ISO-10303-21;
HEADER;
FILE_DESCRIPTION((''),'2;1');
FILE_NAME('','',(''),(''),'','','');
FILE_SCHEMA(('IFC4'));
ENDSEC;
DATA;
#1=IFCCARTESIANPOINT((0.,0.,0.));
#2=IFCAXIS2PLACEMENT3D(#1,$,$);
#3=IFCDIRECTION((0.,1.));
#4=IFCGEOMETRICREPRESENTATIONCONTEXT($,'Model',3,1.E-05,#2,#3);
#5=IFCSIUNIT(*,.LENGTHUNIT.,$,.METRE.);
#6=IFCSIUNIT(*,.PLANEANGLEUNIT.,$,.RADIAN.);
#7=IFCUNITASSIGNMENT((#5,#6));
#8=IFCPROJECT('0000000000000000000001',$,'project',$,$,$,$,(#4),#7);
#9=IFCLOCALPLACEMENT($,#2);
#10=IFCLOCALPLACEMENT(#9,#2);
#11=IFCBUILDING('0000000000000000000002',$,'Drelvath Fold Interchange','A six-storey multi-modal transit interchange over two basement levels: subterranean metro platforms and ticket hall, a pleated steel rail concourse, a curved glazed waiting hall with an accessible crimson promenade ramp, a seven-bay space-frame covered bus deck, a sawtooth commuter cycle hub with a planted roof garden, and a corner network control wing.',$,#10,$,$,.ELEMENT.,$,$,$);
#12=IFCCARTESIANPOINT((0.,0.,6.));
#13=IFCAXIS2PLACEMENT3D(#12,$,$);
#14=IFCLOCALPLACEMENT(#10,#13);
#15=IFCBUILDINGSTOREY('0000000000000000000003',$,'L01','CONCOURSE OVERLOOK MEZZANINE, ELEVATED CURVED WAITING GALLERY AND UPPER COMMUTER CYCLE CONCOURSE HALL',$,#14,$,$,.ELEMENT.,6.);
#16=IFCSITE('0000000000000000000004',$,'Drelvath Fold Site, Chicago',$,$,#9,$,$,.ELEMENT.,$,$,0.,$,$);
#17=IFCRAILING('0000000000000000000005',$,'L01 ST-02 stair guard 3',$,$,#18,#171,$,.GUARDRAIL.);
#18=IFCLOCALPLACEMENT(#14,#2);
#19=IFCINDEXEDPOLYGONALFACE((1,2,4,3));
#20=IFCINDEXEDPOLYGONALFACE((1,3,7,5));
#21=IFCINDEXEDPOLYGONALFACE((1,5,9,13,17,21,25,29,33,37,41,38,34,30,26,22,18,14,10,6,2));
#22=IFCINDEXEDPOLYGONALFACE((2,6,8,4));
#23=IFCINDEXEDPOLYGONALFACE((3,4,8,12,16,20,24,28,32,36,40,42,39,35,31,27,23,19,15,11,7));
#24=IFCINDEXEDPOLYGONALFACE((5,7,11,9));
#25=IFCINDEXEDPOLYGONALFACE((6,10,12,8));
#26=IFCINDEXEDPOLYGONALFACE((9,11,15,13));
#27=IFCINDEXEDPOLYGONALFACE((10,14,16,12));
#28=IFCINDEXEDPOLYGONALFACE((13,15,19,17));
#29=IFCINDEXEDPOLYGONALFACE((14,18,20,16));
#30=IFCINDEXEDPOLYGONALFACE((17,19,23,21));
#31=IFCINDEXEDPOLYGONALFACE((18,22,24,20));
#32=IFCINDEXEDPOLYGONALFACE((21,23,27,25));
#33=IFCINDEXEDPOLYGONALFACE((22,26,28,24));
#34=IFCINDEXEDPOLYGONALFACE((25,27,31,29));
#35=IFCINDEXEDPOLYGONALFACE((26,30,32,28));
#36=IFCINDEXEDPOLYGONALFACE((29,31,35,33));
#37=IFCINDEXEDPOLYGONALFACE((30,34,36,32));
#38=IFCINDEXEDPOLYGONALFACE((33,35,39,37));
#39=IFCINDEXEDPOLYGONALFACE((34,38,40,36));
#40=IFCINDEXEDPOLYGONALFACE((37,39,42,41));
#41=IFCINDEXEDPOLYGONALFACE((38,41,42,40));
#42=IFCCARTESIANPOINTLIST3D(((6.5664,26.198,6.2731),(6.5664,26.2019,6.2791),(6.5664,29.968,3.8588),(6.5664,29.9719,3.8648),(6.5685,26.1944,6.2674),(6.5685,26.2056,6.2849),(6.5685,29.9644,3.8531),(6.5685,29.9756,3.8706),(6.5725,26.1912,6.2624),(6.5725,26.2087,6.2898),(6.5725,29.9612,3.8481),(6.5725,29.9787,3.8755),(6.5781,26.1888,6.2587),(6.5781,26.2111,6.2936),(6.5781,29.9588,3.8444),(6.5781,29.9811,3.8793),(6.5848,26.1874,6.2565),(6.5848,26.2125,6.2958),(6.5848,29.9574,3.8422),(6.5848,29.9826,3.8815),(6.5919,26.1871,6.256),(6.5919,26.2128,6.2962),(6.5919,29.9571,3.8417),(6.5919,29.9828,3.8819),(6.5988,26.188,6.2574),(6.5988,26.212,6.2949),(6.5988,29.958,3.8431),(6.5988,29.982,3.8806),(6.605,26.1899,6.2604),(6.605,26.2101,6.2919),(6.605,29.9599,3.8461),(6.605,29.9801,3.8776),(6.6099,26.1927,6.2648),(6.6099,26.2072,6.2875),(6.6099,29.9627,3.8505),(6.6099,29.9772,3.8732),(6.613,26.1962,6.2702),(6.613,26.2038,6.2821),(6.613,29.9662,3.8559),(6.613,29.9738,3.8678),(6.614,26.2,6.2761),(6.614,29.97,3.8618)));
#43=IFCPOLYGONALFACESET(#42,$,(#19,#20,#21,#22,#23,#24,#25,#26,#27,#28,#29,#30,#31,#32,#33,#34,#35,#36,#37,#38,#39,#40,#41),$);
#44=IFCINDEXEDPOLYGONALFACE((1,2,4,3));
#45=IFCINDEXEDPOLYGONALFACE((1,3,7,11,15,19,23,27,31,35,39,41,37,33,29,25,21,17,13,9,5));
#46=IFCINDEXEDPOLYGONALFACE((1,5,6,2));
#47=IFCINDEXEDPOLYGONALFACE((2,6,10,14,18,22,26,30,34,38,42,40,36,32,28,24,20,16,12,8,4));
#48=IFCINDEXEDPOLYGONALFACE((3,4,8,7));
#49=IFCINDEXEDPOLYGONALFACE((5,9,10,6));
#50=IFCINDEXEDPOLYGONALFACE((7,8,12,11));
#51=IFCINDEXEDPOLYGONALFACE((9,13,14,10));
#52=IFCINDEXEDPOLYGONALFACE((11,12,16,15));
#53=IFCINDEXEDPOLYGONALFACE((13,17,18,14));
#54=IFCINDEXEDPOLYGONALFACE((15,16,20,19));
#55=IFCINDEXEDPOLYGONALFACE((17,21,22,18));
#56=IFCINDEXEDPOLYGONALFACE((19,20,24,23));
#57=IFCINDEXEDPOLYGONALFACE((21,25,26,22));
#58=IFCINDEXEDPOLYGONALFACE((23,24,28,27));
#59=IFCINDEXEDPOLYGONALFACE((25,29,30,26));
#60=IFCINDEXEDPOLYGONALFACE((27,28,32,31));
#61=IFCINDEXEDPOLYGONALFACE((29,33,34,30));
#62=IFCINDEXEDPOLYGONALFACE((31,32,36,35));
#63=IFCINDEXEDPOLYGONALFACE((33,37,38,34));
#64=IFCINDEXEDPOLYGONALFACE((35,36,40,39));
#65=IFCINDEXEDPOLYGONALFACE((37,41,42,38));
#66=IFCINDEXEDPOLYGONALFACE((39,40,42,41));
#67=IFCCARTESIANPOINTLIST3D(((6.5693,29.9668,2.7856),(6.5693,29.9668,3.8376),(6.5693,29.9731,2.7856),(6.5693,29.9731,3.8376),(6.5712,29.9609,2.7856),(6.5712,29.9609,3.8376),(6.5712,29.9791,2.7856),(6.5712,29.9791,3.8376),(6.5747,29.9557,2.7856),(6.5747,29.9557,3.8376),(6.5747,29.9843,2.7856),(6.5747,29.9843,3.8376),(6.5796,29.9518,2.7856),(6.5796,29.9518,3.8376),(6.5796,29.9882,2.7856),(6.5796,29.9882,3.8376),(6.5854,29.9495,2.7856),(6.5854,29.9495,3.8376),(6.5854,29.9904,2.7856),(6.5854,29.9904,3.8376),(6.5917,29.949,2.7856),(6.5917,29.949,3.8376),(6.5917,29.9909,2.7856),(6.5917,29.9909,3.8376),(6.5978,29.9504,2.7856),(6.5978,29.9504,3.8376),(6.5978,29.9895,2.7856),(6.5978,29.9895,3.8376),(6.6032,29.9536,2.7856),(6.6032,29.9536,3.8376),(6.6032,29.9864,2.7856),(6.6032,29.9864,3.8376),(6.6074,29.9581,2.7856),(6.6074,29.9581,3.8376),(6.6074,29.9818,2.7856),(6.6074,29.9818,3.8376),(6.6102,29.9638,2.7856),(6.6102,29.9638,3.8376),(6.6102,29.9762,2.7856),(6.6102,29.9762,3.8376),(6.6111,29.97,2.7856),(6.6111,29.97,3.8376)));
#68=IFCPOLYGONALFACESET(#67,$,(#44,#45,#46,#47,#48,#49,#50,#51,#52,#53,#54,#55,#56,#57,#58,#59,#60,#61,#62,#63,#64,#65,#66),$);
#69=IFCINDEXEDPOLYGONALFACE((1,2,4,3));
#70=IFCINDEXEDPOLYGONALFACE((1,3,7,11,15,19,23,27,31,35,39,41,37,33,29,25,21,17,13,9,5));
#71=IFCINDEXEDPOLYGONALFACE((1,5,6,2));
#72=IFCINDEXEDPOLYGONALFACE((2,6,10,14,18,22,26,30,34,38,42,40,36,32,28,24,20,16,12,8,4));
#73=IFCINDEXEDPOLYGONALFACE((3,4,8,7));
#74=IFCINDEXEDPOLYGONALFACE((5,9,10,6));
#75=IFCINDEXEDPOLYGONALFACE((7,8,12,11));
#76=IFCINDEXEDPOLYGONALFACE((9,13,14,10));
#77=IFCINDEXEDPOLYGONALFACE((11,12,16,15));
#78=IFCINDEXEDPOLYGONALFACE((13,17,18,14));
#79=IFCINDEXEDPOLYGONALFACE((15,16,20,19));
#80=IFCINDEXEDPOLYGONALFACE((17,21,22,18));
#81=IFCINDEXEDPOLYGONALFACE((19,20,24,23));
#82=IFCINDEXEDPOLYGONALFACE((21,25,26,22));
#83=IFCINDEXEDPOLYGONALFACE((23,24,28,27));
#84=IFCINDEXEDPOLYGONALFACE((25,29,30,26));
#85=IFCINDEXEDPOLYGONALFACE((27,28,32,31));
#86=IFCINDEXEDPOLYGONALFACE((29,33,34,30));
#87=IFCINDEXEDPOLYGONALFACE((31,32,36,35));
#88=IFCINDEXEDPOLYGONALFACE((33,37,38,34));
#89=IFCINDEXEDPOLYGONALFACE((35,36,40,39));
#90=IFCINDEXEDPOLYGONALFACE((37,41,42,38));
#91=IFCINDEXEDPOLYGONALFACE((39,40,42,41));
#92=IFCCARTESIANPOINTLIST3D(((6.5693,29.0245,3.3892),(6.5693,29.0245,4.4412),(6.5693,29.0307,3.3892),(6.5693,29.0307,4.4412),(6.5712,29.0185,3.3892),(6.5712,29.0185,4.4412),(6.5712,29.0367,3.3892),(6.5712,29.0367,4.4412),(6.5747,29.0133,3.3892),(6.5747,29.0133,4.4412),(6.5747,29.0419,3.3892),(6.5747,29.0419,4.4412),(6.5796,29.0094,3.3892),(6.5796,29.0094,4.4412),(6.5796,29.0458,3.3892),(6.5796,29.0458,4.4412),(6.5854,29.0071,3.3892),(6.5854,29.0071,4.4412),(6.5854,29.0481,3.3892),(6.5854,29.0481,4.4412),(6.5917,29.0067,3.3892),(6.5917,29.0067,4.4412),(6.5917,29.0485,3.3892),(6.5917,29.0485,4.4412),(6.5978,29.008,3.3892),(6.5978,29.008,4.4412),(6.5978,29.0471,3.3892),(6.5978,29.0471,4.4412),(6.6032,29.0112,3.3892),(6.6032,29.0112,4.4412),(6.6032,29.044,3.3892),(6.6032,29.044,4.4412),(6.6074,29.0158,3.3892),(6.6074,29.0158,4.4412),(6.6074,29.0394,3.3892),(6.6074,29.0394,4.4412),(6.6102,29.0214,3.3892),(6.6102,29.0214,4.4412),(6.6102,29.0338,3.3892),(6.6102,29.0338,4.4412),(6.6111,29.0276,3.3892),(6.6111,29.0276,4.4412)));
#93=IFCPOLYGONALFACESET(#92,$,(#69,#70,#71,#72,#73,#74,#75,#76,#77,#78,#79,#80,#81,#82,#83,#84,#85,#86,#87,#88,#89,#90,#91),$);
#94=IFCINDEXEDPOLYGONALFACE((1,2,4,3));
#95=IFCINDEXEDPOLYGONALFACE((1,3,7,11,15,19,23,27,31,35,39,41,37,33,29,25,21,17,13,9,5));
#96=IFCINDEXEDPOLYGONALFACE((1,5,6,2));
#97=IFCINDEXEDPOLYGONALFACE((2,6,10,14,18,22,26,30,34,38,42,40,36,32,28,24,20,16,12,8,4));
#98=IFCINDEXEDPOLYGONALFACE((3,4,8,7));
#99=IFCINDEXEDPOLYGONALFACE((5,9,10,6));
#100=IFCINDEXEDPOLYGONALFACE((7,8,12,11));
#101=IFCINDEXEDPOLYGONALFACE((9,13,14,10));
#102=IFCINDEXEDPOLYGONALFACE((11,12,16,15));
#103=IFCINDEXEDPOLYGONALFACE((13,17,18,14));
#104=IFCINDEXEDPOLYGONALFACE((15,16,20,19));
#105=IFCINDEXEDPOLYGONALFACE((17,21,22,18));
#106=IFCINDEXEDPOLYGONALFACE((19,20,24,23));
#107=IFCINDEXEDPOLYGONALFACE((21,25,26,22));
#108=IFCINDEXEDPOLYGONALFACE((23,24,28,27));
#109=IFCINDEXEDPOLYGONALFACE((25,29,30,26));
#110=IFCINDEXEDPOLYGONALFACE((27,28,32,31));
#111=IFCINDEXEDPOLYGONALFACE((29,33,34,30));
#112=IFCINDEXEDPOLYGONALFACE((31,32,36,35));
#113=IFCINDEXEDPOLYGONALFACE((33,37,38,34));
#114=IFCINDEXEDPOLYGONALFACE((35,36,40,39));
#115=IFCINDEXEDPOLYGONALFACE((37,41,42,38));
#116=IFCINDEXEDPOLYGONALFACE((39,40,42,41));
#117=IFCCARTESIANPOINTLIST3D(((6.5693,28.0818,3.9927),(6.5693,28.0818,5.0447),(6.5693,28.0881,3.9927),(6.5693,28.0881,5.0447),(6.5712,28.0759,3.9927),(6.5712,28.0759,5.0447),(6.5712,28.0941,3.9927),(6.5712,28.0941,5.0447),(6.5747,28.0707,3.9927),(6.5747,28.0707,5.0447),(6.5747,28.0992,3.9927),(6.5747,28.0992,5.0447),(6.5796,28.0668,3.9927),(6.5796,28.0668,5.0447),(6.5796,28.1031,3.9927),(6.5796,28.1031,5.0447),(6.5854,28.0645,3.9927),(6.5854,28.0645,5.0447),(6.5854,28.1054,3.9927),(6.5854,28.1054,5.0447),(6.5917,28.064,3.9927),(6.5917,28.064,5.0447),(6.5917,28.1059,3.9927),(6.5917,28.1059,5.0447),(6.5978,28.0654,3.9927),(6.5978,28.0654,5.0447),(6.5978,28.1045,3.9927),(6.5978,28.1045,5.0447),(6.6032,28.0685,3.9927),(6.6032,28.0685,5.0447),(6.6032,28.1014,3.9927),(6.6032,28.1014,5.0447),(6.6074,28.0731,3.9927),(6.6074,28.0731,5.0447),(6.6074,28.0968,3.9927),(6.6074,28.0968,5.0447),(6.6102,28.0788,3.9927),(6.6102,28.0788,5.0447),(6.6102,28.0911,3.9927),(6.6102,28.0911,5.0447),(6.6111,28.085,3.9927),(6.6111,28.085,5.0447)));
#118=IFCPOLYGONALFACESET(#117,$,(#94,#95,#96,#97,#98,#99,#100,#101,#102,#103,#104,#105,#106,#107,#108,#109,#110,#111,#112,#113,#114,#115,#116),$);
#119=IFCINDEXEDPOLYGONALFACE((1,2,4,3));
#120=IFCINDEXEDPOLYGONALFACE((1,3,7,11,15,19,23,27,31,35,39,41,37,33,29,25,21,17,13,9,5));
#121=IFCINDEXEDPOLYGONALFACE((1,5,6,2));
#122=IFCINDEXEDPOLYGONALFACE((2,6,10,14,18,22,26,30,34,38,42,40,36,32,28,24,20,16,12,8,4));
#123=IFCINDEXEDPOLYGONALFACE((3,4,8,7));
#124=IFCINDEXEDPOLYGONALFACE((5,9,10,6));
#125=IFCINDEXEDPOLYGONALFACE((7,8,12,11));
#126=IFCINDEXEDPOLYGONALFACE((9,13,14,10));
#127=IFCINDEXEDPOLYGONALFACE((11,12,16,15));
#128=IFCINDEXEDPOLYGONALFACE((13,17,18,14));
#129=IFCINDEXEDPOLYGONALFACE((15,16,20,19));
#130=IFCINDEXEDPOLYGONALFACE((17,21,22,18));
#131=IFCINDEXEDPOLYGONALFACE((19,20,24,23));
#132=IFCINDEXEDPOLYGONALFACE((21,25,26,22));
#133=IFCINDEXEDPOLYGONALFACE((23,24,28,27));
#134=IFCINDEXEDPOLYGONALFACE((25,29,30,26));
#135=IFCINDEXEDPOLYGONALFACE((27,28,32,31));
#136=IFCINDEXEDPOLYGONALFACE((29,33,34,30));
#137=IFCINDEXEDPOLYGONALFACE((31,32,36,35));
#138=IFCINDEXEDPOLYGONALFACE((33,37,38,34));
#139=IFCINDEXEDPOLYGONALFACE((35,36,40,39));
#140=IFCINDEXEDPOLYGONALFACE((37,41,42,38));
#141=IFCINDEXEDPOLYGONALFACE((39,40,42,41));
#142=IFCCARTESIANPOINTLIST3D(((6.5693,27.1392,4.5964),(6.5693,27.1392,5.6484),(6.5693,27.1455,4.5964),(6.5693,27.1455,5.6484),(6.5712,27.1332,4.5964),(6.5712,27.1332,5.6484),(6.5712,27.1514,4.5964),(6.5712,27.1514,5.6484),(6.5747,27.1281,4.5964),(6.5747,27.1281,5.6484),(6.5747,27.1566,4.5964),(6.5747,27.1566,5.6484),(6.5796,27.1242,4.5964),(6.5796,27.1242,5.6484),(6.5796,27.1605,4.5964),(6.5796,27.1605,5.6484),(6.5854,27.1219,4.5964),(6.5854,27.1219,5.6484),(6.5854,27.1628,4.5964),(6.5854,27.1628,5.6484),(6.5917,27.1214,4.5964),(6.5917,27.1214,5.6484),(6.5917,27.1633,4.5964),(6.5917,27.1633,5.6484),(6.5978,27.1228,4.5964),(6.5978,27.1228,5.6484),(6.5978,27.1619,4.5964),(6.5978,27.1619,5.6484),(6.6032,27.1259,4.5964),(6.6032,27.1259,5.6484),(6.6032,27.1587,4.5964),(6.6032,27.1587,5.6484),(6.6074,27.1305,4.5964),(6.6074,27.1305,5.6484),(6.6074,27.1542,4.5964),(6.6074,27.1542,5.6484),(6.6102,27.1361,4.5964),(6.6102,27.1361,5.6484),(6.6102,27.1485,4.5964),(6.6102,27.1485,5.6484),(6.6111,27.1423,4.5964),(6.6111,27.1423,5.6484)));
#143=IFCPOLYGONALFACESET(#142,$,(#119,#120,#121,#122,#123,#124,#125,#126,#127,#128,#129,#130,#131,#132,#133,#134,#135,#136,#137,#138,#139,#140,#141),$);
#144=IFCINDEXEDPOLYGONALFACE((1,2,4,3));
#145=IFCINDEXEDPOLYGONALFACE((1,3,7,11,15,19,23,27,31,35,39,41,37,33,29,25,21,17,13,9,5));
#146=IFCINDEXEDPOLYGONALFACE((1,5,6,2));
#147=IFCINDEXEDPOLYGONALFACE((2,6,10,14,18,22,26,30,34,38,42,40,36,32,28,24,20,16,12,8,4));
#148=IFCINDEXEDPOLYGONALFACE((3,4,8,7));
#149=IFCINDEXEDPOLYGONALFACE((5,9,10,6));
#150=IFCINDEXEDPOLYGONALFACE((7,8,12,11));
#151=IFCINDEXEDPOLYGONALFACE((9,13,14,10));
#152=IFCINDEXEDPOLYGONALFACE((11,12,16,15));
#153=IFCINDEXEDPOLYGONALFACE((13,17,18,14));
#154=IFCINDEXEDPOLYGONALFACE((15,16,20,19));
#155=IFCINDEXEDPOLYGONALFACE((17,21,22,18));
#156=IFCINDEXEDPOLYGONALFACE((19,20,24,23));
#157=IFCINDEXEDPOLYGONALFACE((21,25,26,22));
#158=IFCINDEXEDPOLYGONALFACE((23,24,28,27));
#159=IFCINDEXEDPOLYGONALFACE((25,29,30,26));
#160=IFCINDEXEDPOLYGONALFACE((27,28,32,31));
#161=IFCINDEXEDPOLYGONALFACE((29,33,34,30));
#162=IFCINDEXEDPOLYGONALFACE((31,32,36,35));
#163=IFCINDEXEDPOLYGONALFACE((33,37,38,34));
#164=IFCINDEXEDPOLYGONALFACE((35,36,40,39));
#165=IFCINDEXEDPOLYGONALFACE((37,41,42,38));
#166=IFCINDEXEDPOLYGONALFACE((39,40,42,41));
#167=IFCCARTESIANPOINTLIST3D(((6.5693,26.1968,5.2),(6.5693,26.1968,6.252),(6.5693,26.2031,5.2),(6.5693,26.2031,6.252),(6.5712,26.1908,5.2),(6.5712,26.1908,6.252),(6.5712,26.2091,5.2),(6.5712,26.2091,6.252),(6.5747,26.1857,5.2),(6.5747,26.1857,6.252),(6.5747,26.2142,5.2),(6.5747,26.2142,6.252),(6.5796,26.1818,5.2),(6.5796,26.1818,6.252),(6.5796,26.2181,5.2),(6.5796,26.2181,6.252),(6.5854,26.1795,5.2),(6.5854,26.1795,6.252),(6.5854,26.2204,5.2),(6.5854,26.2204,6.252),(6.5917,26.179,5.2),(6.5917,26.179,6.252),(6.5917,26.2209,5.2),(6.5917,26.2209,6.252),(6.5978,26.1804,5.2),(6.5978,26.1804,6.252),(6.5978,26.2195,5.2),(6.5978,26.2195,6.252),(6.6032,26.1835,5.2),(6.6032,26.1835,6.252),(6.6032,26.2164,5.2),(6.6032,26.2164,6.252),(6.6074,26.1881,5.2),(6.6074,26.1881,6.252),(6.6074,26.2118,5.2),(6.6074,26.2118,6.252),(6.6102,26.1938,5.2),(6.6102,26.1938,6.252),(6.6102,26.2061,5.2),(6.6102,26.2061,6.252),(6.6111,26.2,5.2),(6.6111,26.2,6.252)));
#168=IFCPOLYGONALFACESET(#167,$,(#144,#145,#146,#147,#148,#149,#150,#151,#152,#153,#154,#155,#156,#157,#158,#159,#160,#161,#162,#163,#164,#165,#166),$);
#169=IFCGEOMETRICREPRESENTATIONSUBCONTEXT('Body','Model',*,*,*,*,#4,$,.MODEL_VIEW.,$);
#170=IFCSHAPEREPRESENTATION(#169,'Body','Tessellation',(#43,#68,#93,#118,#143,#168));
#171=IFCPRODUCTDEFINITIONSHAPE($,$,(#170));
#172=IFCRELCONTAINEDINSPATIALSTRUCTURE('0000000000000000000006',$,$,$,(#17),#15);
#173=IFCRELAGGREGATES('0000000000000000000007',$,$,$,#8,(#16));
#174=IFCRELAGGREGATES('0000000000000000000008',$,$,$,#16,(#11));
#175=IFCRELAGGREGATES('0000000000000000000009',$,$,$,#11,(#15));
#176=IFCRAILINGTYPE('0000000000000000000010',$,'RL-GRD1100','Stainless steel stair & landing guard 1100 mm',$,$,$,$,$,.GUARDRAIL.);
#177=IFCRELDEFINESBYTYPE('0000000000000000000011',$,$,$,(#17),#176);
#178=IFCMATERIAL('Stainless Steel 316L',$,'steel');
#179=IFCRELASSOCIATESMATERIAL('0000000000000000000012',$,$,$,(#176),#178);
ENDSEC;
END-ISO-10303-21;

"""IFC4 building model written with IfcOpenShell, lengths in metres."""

from ifc_helpers import new_model, si_unit, direction, frame, origin, origin_2d, place, context, subcontext, project, spatial, circle, extrude, material, type_object, element, save


model = new_model("IFC4")

# Units and contexts
model_context = context("Model", 3, precision=1e-05, world=origin(), true_north=direction((0.0, 1.0)))
body_context = subcontext(model_context, "Body", "Model", "MODEL_VIEW")
ifc_project = project(units=[si_unit("LENGTHUNIT", "METRE"), si_unit("PLANEANGLEUNIT", "RADIAN")], contexts=[model_context])

# Site, building, storey
site_placement = place(None, origin())
site = spatial("IfcSite", under=ifc_project, at=site_placement, Name="Drelvath Fold Site, Chicago", CompositionType="ELEMENT", RefElevation=0.0)
building_placement = place(site_placement, origin())
building = spatial("IfcBuilding", under=site, at=building_placement, Name="Drelvath Fold Interchange", Description="A six-storey multi-modal transit interchange over two basement levels: subterranean metro platforms and ticket hall, a pleated steel rail concourse, a curved glazed waiting hall with an accessible crimson promenade ramp, a seven-bay space-frame covered bus deck, a sawtooth commuter cycle hub with a planted roof garden, and a corner network control wing.", CompositionType="ELEMENT")
storey_placement = place(building_placement, frame((0.0, 0.0, 6.0)))
storey = spatial("IfcBuildingStorey", under=building, at=storey_placement, Name="L01", Description="CONCOURSE OVERLOOK MEZZANINE, ELEVATED CURVED WAITING GALLERY AND UPPER COMMUTER CYCLE CONCOURSE HALL", CompositionType="ELEMENT", Elevation=6.0)

# Railing
ifc_material_1 = material(Name="Stainless Steel 316L", Category="steel")
railing_type_1 = type_object("IfcRailingType", Name="RL-GRD1100", Description="Stainless steel stair & landing guard 1100 mm", PredefinedType="GUARDRAIL", material=ifc_material_1)
railing_1_placement = place(storey_placement, frame((6.5901, 29.97, 2.7856)))
element("IfcRailing", 1, at=railing_1_placement, inside=storey, type_object=railing_type_1, Name="L01 ST-02 stair guard 3", PredefinedType="GUARDRAIL", context=body_context, shape_type="SweptSolid", body=[
    extrude(circle(Radius=0.0239, at=origin_2d()), frame((0.0, 0.0, 1.0762), z_axis=(0.0, -0.84212, 0.53929), x_axis=(1.0, 0.0, 0.0)), (0.0, 0.0, 1.0), 4.4768),
    extrude(circle(Radius=0.021, at=origin_2d()), origin(), (0.0, 0.0, 1.0), 1.052),
    extrude(circle(Radius=0.021, at=origin_2d()), frame((0.0, -0.9424, 0.6035)), (0.0, 0.0, 1.0), 1.052),
    extrude(circle(Radius=0.021, at=origin_2d()), frame((0.0, -1.885, 1.207)), (0.0, 0.0, 1.0), 1.052),
    extrude(circle(Radius=0.021, at=origin_2d()), frame((0.0, -2.8276, 1.8108)), (0.0, 0.0, 1.0), 1.052),
    extrude(circle(Radius=0.021, at=origin_2d()), frame((0.0, -3.77, 2.4143)), (0.0, 0.0, 1.0), 1.052),
])

save(model, "model.ifc")
